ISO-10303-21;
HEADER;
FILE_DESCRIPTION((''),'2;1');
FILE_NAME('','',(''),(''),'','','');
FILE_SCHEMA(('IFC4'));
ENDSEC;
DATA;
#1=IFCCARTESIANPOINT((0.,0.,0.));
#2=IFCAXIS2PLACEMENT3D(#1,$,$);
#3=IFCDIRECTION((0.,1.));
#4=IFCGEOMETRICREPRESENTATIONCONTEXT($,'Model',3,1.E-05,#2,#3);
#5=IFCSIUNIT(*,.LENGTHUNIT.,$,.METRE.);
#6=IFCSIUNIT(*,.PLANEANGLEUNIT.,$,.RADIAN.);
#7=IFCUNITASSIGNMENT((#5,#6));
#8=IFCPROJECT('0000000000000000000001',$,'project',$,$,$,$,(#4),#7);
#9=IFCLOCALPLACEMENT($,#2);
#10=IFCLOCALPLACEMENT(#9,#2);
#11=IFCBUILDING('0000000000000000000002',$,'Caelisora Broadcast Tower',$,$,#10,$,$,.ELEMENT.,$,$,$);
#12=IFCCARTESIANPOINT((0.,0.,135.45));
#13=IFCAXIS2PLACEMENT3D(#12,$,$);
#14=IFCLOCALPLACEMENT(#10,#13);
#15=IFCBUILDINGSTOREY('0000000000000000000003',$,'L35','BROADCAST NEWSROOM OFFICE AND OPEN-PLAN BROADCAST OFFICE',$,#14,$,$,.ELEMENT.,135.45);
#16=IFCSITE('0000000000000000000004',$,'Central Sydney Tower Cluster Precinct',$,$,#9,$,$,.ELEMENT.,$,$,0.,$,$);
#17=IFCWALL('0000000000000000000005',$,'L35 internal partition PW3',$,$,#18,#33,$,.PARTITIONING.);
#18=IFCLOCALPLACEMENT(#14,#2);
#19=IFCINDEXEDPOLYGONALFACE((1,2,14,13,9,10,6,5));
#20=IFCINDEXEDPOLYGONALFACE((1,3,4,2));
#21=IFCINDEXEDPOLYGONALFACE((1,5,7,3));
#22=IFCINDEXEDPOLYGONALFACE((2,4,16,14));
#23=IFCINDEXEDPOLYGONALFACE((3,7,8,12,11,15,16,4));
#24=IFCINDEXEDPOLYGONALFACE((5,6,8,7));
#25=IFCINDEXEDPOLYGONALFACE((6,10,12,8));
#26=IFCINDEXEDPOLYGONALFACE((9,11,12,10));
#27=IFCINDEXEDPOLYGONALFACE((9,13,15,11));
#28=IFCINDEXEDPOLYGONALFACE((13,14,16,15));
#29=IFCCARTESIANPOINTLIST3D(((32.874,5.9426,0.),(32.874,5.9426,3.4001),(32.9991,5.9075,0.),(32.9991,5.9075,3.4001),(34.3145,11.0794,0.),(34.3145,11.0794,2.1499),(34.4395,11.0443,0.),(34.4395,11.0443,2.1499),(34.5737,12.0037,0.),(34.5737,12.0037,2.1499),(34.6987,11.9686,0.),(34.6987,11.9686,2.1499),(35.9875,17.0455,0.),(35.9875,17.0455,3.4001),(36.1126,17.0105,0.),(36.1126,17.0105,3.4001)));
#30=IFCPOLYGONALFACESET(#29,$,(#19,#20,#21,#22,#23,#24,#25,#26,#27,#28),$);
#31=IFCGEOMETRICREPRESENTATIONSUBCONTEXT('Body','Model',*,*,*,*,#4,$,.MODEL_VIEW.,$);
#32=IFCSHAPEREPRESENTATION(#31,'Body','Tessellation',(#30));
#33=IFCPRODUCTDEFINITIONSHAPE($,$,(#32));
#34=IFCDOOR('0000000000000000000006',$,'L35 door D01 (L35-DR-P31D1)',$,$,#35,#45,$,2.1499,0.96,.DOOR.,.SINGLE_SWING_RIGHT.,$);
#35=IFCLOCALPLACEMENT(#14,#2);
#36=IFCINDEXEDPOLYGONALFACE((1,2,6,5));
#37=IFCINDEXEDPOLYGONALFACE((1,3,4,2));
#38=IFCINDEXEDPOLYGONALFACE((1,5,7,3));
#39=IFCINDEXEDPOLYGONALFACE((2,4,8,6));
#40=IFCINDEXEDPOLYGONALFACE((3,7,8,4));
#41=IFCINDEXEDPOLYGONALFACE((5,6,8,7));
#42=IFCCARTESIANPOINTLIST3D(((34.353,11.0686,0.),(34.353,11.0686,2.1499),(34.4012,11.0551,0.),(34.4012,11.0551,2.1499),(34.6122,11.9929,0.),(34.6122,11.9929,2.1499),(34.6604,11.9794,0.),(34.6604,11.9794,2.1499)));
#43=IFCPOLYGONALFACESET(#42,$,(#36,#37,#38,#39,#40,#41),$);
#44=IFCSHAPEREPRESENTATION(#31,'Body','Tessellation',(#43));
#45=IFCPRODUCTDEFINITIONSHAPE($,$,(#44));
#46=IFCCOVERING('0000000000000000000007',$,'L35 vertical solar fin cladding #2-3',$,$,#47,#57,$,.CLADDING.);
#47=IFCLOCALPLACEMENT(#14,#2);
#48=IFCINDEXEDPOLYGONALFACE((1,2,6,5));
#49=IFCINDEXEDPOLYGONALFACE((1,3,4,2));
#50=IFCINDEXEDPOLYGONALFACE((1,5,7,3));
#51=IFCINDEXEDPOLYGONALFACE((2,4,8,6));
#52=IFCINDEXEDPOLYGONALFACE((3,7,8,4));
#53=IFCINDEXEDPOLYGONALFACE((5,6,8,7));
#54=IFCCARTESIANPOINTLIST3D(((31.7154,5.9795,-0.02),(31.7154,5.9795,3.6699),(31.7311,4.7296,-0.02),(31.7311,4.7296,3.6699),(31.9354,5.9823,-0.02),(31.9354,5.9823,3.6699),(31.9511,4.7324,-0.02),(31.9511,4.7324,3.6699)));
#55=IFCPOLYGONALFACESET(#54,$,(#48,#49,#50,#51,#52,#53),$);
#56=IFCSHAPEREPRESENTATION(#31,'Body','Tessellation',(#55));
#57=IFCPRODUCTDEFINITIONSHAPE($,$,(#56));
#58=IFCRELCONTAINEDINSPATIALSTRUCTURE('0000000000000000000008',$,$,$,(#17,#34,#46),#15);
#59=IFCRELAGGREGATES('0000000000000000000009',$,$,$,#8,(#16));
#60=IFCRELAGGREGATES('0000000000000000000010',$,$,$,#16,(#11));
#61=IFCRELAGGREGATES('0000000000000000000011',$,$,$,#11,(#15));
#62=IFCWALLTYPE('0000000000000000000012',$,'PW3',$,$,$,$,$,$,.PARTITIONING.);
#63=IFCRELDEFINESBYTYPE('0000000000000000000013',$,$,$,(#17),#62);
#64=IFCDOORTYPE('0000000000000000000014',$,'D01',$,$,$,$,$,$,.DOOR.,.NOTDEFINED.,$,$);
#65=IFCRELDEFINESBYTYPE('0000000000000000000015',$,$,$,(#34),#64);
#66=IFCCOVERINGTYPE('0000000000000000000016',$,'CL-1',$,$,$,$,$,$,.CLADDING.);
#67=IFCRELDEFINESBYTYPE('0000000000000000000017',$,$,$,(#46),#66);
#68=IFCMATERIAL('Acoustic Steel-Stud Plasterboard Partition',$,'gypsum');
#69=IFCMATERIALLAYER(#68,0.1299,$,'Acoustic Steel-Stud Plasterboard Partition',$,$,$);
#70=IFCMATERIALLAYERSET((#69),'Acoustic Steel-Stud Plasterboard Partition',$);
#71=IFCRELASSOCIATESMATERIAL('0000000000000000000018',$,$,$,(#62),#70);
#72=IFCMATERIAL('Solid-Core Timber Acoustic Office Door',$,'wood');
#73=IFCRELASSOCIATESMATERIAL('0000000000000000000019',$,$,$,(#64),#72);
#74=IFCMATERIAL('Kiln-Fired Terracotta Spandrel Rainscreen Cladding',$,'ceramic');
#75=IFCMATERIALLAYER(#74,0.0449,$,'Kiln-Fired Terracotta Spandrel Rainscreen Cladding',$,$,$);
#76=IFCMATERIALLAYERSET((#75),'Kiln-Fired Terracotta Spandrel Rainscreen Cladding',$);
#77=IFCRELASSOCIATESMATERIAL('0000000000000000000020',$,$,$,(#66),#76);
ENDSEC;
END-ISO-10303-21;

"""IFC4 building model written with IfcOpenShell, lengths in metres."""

from ifc_helpers import new_model, si_unit, direction, frame, frame_2d, origin, origin_2d, place, context, subcontext, project, spatial, rectangle, extrude, source, transform, mapped, material, layer, layer_set, type_object, type_shapes, element, fill, save


model = new_model("IFC4")

# Units and contexts
model_context = context("Model", 3, precision=1e-05, world=origin(), true_north=direction((0.0, 1.0)))
body_context = subcontext(model_context, "Body", "Model", "MODEL_VIEW")
ifc_project = project(units=[si_unit("LENGTHUNIT", "METRE"), si_unit("PLANEANGLEUNIT", "RADIAN")], contexts=[model_context])

# Site, building, storey
site_placement = place(None, origin())
site = spatial("IfcSite", under=ifc_project, at=site_placement, Name="Central Sydney Tower Cluster Precinct", CompositionType="ELEMENT", RefElevation=0.0)
building_placement = place(site_placement, origin())
building = spatial("IfcBuilding", under=site, at=building_placement, Name="Caelisora Broadcast Tower", CompositionType="ELEMENT")
storey_placement = place(building_placement, frame((0.0, 0.0, 135.45)))
storey = spatial("IfcBuildingStorey", under=building, at=storey_placement, Name="L35", Description="BROADCAST NEWSROOM OFFICE AND OPEN-PLAN BROADCAST OFFICE", CompositionType="ELEMENT", Elevation=135.45)

# Wall, opening, door
ifc_material_1 = material(Name="Acoustic Steel-Stud Plasterboard Partition", Category="gypsum")
ifc_layer_1 = layer(ifc_material_1, 0.1299, Name="Acoustic Steel-Stud Plasterboard Partition")
ifc_layer_set_1 = layer_set([ifc_layer_1], Name="Acoustic Steel-Stud Plasterboard Partition")
wall_type = type_object("IfcWallType", Name="PW3", PredefinedType="PARTITIONING", material=ifc_layer_set_1)
wall_placement = place(storey_placement, frame((32.9365, 5.925, 0.0), z_axis=(0.0, 0.0, 1.0), x_axis=(0.270006, 0.962859, 0.0)))
wall = element("IfcWall", 1, at=wall_placement, inside=storey, type_object=wall_type, Name="L35 internal partition PW3", PredefinedType="PARTITIONING", context=body_context, shape_type="SweptSolid", body=[
    extrude(rectangle(XDim=11.5312, YDim=0.1299, at=frame_2d((5.7656, 0.0))), origin(), (0.0, 0.0, 1.0), 3.4001),
])
opening_placement = place(wall_placement, frame((5.335, 0.0, 0.0)))
opening = element("IfcOpeningElement", 2, at=opening_placement, cuts=wall, PredefinedType="OPENING", context=body_context, shape_type="SweptSolid", body=[
    extrude(rectangle(XDim=0.96, YDim=2.1499, at=frame_2d((0.48, 1.075))), frame((0.0, 0.0769, 0.0), z_axis=(0.0, -1.0, 0.0), x_axis=(1.0, 0.0, 0.0)), (0.0, 0.0, 1.0), 0.1538),
])
ifc_material_2 = material(Name="Solid-Core Timber Acoustic Office Door", Category="wood")
door_type = type_object("IfcDoorType", Name="D01", OperationType="NOTDEFINED", PredefinedType="DOOR", material=ifc_material_2)
door_placement = place(opening_placement, origin())
door = element("IfcDoor", 3, at=door_placement, inside=storey, type_object=door_type, Name="L35 door D01 (L35-DR-P31D1)", OperationType="SINGLE_SWING_RIGHT", OverallHeight=2.1499, OverallWidth=0.96, PredefinedType="DOOR", context=body_context, shape_type="SweptSolid", body=[
    extrude(rectangle(XDim=0.96, YDim=2.1499, at=frame_2d((0.48, 1.075))), frame((0.0, 0.0249, 0.0), z_axis=(0.0, -1.0, 0.0), x_axis=(1.0, 0.0, 0.0)), (0.0, 0.0, 1.0), 0.05),
])
fill(opening, door)

# Covering
ifc_material_3 = material(Name="Kiln-Fired Terracotta Spandrel Rainscreen Cladding", Category="ceramic")
ifc_layer_2 = layer(ifc_material_3, 0.0449, Name="Kiln-Fired Terracotta Spandrel Rainscreen Cladding")
ifc_layer_set_2 = layer_set([ifc_layer_2], Name="Kiln-Fired Terracotta Spandrel Rainscreen Cladding")
covering_type = type_object("IfcCoveringType", Name="CL-1", PredefinedType="CLADDING", material=ifc_layer_set_2)
shared_shape_1 = source(origin(), body_context, "Body", "SweptSolid", [
    extrude(rectangle(XDim=0.22, YDim=1.25, at=origin_2d()), origin(), (0.0, 0.0, 1.0), 3.6899),
])
type_shapes(covering_type, [shared_shape_1])
covering_placement = place(storey_placement, frame((31.8333, 5.356, -0.02), z_axis=(0.0, 0.0, 1.0), x_axis=(-0.999921, -0.012566, 0.0)))
element("IfcCovering", 4, at=covering_placement, inside=storey, type_object=covering_type, Name="L35 vertical solar fin cladding #2-3", PredefinedType="CLADDING", context=body_context, shape_type="MappedRepresentation", body=[
    mapped(shared_shape_1, transform((0.0, 0.0, 0.0), scale=1.0)),
])

save(model, "model.ifc")
